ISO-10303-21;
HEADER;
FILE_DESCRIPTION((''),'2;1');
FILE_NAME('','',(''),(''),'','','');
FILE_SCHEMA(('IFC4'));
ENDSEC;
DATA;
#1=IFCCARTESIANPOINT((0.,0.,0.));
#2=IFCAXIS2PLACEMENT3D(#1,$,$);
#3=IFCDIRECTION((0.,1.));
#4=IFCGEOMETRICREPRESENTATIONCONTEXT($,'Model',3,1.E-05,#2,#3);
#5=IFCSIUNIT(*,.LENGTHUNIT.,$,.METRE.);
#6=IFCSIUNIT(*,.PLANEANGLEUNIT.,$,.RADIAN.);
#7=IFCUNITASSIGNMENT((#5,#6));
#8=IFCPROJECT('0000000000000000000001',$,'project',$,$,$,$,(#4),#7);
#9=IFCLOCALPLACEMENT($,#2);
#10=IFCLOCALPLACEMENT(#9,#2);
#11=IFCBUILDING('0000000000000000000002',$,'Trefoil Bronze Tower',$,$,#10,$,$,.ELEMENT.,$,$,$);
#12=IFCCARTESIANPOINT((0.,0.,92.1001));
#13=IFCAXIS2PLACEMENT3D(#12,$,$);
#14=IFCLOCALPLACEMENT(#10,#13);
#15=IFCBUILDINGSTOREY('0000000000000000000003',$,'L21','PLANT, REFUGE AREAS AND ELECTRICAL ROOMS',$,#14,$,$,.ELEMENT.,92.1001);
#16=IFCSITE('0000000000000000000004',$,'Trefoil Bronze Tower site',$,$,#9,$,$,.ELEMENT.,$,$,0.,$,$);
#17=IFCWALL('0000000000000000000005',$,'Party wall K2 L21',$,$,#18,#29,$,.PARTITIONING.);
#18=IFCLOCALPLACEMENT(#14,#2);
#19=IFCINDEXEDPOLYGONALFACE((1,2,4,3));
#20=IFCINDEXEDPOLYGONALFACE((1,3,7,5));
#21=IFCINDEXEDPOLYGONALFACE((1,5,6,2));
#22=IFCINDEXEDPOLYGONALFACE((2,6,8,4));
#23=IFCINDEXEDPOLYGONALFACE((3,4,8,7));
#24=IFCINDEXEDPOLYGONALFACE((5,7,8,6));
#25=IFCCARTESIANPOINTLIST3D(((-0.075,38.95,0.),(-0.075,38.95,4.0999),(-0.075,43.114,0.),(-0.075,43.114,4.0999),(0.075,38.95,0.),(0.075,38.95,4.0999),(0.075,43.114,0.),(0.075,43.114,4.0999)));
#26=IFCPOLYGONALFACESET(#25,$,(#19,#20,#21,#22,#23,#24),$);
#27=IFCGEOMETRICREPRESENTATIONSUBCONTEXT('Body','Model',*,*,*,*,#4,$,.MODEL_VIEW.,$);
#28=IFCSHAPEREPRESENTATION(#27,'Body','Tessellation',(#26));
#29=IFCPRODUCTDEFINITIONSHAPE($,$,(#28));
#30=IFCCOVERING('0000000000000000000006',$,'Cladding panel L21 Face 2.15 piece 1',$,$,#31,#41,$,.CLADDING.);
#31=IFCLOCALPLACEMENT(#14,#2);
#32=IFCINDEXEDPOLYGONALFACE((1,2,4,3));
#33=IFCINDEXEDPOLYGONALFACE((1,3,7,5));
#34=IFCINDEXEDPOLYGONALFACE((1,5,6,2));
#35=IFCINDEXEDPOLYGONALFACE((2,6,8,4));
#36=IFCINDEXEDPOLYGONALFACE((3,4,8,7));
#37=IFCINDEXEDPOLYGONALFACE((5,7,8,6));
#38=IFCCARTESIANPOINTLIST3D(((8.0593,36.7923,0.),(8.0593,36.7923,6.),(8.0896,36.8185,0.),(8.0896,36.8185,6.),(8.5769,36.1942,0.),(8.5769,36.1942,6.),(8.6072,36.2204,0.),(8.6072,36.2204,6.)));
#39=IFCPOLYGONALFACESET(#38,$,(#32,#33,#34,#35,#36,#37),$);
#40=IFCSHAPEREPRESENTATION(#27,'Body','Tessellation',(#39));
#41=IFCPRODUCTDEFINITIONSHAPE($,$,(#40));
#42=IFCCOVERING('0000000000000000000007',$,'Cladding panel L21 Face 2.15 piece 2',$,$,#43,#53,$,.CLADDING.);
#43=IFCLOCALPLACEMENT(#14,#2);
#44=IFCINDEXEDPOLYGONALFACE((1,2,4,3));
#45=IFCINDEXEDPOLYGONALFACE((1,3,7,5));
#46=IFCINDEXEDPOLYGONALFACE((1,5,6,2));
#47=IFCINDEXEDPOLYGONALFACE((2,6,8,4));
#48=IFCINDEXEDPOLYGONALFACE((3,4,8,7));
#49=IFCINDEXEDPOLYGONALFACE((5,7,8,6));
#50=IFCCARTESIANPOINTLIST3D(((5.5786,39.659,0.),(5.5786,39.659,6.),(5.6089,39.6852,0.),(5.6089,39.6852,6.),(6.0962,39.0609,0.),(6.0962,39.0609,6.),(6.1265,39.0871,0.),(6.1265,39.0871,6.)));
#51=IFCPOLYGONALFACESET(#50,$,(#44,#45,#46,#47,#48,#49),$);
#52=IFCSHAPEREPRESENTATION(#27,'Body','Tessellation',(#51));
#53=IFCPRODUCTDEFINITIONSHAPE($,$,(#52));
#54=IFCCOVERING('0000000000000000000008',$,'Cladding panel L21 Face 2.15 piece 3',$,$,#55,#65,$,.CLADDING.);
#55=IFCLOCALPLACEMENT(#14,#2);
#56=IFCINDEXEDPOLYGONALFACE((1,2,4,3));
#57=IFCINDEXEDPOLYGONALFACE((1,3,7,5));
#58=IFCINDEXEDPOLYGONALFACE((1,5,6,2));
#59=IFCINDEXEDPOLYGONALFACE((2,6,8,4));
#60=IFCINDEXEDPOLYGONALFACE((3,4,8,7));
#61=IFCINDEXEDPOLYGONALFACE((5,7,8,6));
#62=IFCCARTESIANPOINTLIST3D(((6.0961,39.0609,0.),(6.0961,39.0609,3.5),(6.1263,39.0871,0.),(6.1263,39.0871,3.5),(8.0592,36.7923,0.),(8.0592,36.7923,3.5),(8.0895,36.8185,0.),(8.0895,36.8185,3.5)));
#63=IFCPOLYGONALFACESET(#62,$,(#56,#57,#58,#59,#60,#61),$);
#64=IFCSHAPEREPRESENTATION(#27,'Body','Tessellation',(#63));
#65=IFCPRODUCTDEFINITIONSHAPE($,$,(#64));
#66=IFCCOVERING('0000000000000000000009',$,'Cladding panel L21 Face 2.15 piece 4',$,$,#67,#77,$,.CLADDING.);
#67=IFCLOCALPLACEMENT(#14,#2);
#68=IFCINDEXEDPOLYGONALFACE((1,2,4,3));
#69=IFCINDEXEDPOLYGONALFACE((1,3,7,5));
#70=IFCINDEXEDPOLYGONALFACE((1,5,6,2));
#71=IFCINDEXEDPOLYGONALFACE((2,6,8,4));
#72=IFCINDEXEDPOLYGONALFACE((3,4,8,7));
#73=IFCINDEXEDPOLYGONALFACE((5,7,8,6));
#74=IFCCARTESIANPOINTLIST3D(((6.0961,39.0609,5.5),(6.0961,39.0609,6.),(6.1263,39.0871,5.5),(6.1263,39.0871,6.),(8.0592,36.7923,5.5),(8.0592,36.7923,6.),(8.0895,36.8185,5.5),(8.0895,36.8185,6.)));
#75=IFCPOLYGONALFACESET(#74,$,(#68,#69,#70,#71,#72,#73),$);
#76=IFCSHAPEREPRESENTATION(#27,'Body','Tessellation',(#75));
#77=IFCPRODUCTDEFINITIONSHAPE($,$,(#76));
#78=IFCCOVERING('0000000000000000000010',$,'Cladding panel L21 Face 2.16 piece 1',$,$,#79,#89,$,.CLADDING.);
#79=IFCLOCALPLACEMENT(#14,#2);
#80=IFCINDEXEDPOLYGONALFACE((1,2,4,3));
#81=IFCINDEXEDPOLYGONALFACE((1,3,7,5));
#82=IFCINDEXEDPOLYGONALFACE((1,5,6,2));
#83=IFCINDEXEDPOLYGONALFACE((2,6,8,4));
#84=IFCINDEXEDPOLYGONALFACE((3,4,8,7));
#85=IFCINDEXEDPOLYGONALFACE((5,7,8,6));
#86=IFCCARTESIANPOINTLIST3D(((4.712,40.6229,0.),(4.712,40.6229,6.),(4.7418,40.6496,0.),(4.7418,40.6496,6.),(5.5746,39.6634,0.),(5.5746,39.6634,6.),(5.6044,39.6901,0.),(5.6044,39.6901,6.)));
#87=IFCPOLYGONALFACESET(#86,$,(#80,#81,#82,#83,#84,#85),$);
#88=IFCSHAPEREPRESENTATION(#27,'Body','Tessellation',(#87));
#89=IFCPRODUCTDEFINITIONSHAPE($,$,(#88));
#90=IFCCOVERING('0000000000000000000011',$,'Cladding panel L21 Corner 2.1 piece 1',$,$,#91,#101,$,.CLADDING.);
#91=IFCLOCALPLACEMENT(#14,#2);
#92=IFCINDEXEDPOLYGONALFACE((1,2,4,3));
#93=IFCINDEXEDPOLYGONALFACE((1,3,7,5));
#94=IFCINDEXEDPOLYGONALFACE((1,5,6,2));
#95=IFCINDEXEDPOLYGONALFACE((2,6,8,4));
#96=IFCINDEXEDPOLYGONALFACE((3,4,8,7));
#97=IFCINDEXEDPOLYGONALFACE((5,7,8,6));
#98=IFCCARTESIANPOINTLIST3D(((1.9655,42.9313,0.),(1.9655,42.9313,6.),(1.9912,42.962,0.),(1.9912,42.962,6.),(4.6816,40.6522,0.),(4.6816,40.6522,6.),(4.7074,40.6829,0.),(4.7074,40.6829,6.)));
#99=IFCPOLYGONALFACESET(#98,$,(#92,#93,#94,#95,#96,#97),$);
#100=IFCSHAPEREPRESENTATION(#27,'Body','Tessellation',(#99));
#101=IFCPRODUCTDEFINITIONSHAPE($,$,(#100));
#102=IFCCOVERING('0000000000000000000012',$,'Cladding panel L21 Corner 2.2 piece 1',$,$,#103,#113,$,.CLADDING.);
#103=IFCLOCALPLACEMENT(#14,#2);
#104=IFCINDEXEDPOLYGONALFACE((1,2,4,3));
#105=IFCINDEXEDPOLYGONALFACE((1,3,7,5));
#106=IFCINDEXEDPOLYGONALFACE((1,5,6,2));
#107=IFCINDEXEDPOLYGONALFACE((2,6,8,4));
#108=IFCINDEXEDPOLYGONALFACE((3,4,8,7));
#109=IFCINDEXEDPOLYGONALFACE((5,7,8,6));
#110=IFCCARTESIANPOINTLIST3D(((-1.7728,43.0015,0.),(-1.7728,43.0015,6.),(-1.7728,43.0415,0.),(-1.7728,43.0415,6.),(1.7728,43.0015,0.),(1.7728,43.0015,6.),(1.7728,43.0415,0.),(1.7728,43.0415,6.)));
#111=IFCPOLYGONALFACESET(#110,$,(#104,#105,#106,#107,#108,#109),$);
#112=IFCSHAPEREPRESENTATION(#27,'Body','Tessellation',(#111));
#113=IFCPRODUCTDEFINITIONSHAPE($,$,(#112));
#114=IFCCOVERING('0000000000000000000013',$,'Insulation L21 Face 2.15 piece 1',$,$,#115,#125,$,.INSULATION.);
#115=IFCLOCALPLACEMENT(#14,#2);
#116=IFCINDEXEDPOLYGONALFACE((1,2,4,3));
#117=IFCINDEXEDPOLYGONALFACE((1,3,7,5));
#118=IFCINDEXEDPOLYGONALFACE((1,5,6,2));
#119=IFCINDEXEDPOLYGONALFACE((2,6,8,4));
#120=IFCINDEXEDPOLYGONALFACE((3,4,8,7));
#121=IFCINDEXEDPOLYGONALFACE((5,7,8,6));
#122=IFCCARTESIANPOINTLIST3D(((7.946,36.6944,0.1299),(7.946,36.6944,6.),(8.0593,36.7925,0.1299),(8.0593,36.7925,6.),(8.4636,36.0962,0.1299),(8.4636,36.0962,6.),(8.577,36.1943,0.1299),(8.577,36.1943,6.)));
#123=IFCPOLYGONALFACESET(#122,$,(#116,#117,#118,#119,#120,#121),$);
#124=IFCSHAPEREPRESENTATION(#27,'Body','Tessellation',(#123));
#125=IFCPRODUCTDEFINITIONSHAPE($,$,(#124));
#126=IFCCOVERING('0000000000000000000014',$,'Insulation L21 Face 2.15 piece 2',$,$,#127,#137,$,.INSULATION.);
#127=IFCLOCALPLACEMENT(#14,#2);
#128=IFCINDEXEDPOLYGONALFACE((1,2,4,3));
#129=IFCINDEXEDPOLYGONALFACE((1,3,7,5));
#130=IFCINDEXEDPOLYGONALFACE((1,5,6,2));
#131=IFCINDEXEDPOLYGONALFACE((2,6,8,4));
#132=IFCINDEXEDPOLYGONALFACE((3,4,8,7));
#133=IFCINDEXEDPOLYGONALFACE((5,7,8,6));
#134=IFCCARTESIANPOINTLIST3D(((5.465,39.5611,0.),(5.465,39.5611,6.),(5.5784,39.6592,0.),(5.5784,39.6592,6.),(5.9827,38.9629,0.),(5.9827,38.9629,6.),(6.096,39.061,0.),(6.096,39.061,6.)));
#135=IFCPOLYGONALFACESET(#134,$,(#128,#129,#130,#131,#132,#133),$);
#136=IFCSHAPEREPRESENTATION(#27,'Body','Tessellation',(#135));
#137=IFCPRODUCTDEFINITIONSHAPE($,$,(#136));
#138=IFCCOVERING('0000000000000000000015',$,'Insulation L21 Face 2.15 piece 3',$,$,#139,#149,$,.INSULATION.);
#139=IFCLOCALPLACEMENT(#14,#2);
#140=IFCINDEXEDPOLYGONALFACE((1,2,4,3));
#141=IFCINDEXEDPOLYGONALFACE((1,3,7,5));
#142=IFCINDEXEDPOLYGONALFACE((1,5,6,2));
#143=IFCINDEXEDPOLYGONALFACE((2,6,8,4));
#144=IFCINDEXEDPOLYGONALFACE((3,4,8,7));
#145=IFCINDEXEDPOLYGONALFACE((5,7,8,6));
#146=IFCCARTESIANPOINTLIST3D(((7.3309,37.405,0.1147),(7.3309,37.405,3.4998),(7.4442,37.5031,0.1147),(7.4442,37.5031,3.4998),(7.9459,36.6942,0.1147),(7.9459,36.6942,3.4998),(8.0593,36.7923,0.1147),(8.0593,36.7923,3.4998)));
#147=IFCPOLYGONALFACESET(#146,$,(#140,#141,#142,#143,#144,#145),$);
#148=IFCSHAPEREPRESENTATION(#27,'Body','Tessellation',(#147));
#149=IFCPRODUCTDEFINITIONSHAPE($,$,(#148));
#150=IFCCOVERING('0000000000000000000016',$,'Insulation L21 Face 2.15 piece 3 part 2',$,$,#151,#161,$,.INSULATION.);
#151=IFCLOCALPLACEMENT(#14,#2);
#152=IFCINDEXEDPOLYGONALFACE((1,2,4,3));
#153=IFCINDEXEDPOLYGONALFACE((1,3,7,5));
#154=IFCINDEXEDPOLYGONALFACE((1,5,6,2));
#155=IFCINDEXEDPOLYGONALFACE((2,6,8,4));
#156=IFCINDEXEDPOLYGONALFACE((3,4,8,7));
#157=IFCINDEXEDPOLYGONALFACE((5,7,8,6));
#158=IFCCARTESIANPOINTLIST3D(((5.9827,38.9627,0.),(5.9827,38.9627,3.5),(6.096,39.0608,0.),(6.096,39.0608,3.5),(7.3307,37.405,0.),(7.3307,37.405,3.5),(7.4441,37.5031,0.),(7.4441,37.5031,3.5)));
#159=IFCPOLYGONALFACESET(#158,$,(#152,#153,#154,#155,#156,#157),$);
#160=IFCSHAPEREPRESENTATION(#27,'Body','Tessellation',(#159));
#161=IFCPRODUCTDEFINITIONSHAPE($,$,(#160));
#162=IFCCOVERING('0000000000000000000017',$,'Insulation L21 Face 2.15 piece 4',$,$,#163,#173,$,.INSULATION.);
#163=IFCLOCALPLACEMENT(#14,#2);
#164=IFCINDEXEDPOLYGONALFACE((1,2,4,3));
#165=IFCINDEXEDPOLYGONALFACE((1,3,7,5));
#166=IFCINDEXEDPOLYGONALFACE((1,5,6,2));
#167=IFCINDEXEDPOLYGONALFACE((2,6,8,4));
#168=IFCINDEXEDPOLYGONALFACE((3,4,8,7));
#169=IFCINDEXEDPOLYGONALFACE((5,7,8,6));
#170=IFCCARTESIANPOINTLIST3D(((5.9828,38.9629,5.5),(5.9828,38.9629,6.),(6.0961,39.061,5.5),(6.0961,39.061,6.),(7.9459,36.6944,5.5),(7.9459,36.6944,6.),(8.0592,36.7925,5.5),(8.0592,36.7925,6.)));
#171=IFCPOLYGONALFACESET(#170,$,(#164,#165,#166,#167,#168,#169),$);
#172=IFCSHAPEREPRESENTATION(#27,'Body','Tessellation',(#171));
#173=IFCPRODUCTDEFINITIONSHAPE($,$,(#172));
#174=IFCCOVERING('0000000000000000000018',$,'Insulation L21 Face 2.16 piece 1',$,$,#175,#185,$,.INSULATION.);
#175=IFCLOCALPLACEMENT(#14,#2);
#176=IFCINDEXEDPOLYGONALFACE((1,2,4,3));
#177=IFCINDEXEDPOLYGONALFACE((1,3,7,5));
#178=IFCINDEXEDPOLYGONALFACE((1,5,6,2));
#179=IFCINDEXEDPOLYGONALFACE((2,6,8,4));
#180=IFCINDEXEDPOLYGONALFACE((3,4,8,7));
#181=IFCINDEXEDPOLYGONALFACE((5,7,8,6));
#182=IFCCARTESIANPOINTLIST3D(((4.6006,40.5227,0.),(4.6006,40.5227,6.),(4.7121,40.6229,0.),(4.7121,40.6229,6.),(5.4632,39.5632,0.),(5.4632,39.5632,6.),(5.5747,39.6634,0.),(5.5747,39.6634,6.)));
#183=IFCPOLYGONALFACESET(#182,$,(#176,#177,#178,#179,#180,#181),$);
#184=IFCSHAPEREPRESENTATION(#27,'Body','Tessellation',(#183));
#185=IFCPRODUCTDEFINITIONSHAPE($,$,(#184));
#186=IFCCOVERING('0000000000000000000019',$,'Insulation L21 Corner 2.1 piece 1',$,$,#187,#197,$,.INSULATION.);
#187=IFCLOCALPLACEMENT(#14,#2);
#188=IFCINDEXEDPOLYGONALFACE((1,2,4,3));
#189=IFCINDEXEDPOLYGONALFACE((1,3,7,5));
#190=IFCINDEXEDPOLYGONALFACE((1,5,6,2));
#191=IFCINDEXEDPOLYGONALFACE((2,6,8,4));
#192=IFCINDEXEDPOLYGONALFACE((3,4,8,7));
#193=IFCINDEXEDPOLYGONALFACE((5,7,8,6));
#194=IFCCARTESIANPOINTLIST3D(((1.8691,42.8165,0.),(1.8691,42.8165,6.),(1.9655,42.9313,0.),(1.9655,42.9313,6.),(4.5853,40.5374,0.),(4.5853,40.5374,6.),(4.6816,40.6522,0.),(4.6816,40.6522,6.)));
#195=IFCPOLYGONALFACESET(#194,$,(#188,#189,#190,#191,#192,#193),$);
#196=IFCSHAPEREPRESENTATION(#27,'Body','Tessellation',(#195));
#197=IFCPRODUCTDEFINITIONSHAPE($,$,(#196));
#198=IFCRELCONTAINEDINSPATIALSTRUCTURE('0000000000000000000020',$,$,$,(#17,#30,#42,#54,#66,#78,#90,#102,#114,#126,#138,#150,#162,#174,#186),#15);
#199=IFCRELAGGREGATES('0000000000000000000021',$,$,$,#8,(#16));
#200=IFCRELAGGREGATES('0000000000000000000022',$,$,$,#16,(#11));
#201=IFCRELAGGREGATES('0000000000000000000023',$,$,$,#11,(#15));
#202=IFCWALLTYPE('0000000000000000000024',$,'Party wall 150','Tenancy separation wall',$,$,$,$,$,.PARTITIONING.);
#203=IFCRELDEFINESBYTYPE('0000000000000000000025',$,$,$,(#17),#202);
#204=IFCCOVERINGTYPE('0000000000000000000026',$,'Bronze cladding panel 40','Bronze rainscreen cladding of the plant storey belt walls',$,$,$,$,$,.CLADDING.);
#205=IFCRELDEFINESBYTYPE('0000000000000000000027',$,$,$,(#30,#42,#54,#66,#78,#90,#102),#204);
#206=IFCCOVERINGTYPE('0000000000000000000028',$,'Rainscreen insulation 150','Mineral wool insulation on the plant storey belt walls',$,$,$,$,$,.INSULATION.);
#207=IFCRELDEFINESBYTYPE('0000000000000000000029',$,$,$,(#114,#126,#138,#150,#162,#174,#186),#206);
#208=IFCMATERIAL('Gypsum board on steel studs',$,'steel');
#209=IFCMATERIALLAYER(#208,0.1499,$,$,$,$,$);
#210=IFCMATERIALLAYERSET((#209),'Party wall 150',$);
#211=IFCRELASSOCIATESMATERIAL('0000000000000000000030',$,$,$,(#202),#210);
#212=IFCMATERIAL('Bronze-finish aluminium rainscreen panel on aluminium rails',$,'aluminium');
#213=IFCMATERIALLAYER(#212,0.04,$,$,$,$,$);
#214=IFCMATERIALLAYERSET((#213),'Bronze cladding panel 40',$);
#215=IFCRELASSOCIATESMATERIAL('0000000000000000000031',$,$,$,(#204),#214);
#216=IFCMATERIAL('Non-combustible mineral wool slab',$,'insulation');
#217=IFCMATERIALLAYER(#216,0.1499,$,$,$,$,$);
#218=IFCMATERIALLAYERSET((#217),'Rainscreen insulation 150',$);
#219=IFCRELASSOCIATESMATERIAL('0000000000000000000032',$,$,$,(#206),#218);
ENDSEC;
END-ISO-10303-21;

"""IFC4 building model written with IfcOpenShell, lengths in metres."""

from ifc_helpers import new_model, si_unit, direction, frame, frame_2d, origin, origin_2d, place, context, subcontext, project, spatial, rectangle, extrude, material, layer, layer_set, type_object, element, save


model = new_model("IFC4")

# Units and contexts
model_context = context("Model", 3, precision=1e-05, world=origin(), true_north=direction((0.0, 1.0)))
body_context = subcontext(model_context, "Body", "Model", "MODEL_VIEW")
ifc_project = project(units=[si_unit("LENGTHUNIT", "METRE"), si_unit("PLANEANGLEUNIT", "RADIAN")], contexts=[model_context])

# Site, building, storey
site_placement = place(None, origin())
site = spatial("IfcSite", under=ifc_project, at=site_placement, Name="Trefoil Bronze Tower site", CompositionType="ELEMENT", RefElevation=0.0)
building_placement = place(site_placement, origin())
building = spatial("IfcBuilding", under=site, at=building_placement, Name="Trefoil Bronze Tower", CompositionType="ELEMENT")
storey_placement = place(building_placement, frame((0.0, 0.0, 92.1001)))
storey = spatial("IfcBuildingStorey", under=building, at=storey_placement, Name="L21", Description="PLANT, REFUGE AREAS AND ELECTRICAL ROOMS", CompositionType="ELEMENT", Elevation=92.1001)

# Wall
ifc_material_1 = material(Name="Gypsum board on steel studs", Category="steel")
ifc_layer_1 = layer(ifc_material_1, 0.1499)
ifc_layer_set_1 = layer_set([ifc_layer_1], Name="Party wall 150")
wall_type_1 = type_object("IfcWallType", Name="Party wall 150", Description="Tenancy separation wall", PredefinedType="PARTITIONING", material=ifc_layer_set_1)
wall_1_placement = place(storey_placement, frame((0.0, 38.95, 0.0), z_axis=(0.0, 0.0, 1.0), x_axis=(0.0, 1.0, 0.0)))
element("IfcWall", 1, at=wall_1_placement, inside=storey, type_object=wall_type_1, Name="Party wall K2 L21", PredefinedType="PARTITIONING", context=body_context, shape_type="SweptSolid", body=[
    extrude(rectangle(XDim=4.1641, YDim=0.1499, at=frame_2d((2.082, 0.0))), origin(), (0.0, 0.0, 1.0), 4.0999),
])

# Coverings
ifc_material_2 = material(Name="Bronze-finish aluminium rainscreen panel on aluminium rails", Category="aluminium")
ifc_layer_2 = layer(ifc_material_2, 0.04)
ifc_layer_set_2 = layer_set([ifc_layer_2], Name="Bronze cladding panel 40")
covering_type_1 = type_object("IfcCoveringType", Name="Bronze cladding panel 40", Description="Bronze rainscreen cladding of the plant storey belt walls", PredefinedType="CLADDING", material=ifc_layer_set_2)
for number, where, z_axis, x_axis, name in (
    (2, (8.3333, 36.5063, 0.0), (0.0, 0.0, 1.0), (-0.654376, 0.756169, 0.0), "Cladding panel L21 Face 2.15 piece 1"),
    (3, (5.8525, 39.373, 0.0), (0.0, 0.0, 1.0), (-0.654376, 0.756169, 0.0), "Cladding panel L21 Face 2.15 piece 2"),
):
    element("IfcCovering", number, at=place(storey_placement, frame(where, z_axis=z_axis, x_axis=x_axis)), inside=storey, type_object=covering_type_1, Name=name, PredefinedType="CLADDING", context=body_context, shape_type="SweptSolid", body=[
        extrude(rectangle(XDim=0.791, YDim=0.04, at=origin_2d()), origin(), (0.0, 0.0, 1.0), 6.0),
    ])
covering_1_placement = place(storey_placement, frame((7.0928, 37.9397, 0.0), z_axis=(0.0, 0.0, 1.0), x_axis=(-0.654376, 0.756169, 0.0)))
element("IfcCovering", 4, at=covering_1_placement, inside=storey, type_object=covering_type_1, Name="Cladding panel L21 Face 2.15 piece 3", PredefinedType="CLADDING", context=body_context, shape_type="SweptSolid", body=[
    extrude(rectangle(XDim=3.0, YDim=0.04, at=origin_2d()), origin(), (0.0, 0.0, 1.0), 3.5),
])
covering_2_placement = place(storey_placement, frame((7.0928, 37.9397, 5.5), z_axis=(0.0, 0.0, 1.0), x_axis=(-0.654376, 0.756169, 0.0)))
element("IfcCovering", 5, at=covering_2_placement, inside=storey, type_object=covering_type_1, Name="Cladding panel L21 Face 2.15 piece 4", PredefinedType="CLADDING", context=body_context, shape_type="SweptSolid", body=[
    extrude(rectangle(XDim=3.0, YDim=0.04, at=origin_2d()), origin(), (0.0, 0.0, 1.0), 0.5),
])
covering_3_placement = place(storey_placement, frame((5.1582, 40.1565, 0.0), z_axis=(0.0, 0.0, 1.0), x_axis=(-0.668575, 0.743645, 0.0)))
element("IfcCovering", 6, at=covering_3_placement, inside=storey, type_object=covering_type_1, Name="Cladding panel L21 Face 2.16 piece 1", PredefinedType="CLADDING", context=body_context, shape_type="SweptSolid", body=[
    extrude(rectangle(XDim=1.2903, YDim=0.04, at=origin_2d()), origin(), (0.0, 0.0, 1.0), 6.0),
])
for number, where, z_axis, x_axis, name in (
    (7, (3.3364, 41.8071, 0.0), (0.0, 0.0, 1.0), (-0.766044, 0.642788, 0.0), "Cladding panel L21 Corner 2.1 piece 1"),
    (8, (0.0, 43.0215, 0.0), (0.0, 0.0, 1.0), (-1.0, 0.0, 0.0), "Cladding panel L21 Corner 2.2 piece 1"),
):
    element("IfcCovering", number, at=place(storey_placement, frame(where, z_axis=z_axis, x_axis=x_axis)), inside=storey, type_object=covering_type_1, Name=name, PredefinedType="CLADDING", context=body_context, shape_type="SweptSolid", body=[
        extrude(rectangle(XDim=3.5457, YDim=0.04, at=origin_2d()), origin(), (0.0, 0.0, 1.0), 6.0),
    ])
ifc_material_3 = material(Name="Non-combustible mineral wool slab", Category="insulation")
ifc_layer_3 = layer(ifc_material_3, 0.1499)
ifc_layer_set_3 = layer_set([ifc_layer_3], Name="Rainscreen insulation 150")
covering_type_2 = type_object("IfcCoveringType", Name="Rainscreen insulation 150", Description="Mineral wool insulation on the plant storey belt walls", PredefinedType="INSULATION", material=ifc_layer_set_3)
covering_4_placement = place(storey_placement, frame((8.2615, 36.4443, 0.1299), z_axis=(0.0, 0.0, 1.0), x_axis=(-0.654376, 0.756169, 0.0)))
element("IfcCovering", 9, at=covering_4_placement, inside=storey, type_object=covering_type_2, Name="Insulation L21 Face 2.15 piece 1", PredefinedType="INSULATION", context=body_context, shape_type="SweptSolid", body=[
    extrude(rectangle(XDim=0.791, YDim=0.1499, at=origin_2d()), origin(), (0.0, 0.0, 1.0), 5.8701),
])
covering_5_placement = place(storey_placement, frame((5.7805, 39.311, 0.0), z_axis=(0.0, 0.0, 1.0), x_axis=(-0.654376, 0.756169, 0.0)))
element("IfcCovering", 10, at=covering_5_placement, inside=storey, type_object=covering_type_2, Name="Insulation L21 Face 2.15 piece 2", PredefinedType="INSULATION", context=body_context, shape_type="SweptSolid", body=[
    extrude(rectangle(XDim=0.791, YDim=0.1499, at=origin_2d()), origin(), (0.0, 0.0, 1.0), 6.0),
])
covering_6_placement = place(storey_placement, frame((7.6951, 37.0986, 0.1147), z_axis=(0.0, 0.0, 1.0), x_axis=(-0.654376, 0.756169, 0.0)))
element("IfcCovering", 11, at=covering_6_placement, inside=storey, type_object=covering_type_2, Name="Insulation L21 Face 2.15 piece 3", PredefinedType="INSULATION", context=body_context, shape_type="SweptSolid", body=[
    extrude(rectangle(XDim=0.9399, YDim=0.1499, at=origin_2d()), origin(), (0.0, 0.0, 1.0), 3.385),
])
covering_7_placement = place(storey_placement, frame((6.7134, 38.2329, 0.0), z_axis=(0.0, 0.0, 1.0), x_axis=(-0.654376, 0.756169, 0.0)))
element("IfcCovering", 12, at=covering_7_placement, inside=storey, type_object=covering_type_2, Name="Insulation L21 Face 2.15 piece 3 part 2", PredefinedType="INSULATION", context=body_context, shape_type="SweptSolid", body=[
    extrude(rectangle(XDim=2.0601, YDim=0.1499, at=origin_2d()), origin(), (0.0, 0.0, 1.0), 3.5),
])
covering_8_placement = place(storey_placement, frame((7.021, 37.8777, 5.5), z_axis=(0.0, 0.0, 1.0), x_axis=(-0.654376, 0.756169, 0.0)))
element("IfcCovering", 13, at=covering_8_placement, inside=storey, type_object=covering_type_2, Name="Insulation L21 Face 2.15 piece 4", PredefinedType="INSULATION", context=body_context, shape_type="SweptSolid", body=[
    extrude(rectangle(XDim=3.0, YDim=0.1499, at=origin_2d()), origin(), (0.0, 0.0, 1.0), 0.5),
])
covering_9_placement = place(storey_placement, frame((5.0876, 40.093, 0.0), z_axis=(0.0, 0.0, 1.0), x_axis=(-0.668575, 0.743645, 0.0)))
element("IfcCovering", 14, at=covering_9_placement, inside=storey, type_object=covering_type_2, Name="Insulation L21 Face 2.16 piece 1", PredefinedType="INSULATION", context=body_context, shape_type="SweptSolid", body=[
    extrude(rectangle(XDim=1.2903, YDim=0.1499, at=origin_2d()), origin(), (0.0, 0.0, 1.0), 6.0),
])
for number, where, z_axis, x_axis, name in (
    (15, (3.2754, 41.7344, 0.0), (0.0, 0.0, 1.0), (-0.766044, 0.642788, 0.0), "Insulation L21 Corner 2.1 piece 1"),
):
    element("IfcCovering", number, at=place(storey_placement, frame(where, z_axis=z_axis, x_axis=x_axis)), inside=storey, type_object=covering_type_2, Name=name, PredefinedType="INSULATION", context=body_context, shape_type="SweptSolid", body=[
        extrude(rectangle(XDim=3.5457, YDim=0.1499, at=origin_2d()), origin(), (0.0, 0.0, 1.0), 6.0),
    ])

save(model, "model.ifc")
